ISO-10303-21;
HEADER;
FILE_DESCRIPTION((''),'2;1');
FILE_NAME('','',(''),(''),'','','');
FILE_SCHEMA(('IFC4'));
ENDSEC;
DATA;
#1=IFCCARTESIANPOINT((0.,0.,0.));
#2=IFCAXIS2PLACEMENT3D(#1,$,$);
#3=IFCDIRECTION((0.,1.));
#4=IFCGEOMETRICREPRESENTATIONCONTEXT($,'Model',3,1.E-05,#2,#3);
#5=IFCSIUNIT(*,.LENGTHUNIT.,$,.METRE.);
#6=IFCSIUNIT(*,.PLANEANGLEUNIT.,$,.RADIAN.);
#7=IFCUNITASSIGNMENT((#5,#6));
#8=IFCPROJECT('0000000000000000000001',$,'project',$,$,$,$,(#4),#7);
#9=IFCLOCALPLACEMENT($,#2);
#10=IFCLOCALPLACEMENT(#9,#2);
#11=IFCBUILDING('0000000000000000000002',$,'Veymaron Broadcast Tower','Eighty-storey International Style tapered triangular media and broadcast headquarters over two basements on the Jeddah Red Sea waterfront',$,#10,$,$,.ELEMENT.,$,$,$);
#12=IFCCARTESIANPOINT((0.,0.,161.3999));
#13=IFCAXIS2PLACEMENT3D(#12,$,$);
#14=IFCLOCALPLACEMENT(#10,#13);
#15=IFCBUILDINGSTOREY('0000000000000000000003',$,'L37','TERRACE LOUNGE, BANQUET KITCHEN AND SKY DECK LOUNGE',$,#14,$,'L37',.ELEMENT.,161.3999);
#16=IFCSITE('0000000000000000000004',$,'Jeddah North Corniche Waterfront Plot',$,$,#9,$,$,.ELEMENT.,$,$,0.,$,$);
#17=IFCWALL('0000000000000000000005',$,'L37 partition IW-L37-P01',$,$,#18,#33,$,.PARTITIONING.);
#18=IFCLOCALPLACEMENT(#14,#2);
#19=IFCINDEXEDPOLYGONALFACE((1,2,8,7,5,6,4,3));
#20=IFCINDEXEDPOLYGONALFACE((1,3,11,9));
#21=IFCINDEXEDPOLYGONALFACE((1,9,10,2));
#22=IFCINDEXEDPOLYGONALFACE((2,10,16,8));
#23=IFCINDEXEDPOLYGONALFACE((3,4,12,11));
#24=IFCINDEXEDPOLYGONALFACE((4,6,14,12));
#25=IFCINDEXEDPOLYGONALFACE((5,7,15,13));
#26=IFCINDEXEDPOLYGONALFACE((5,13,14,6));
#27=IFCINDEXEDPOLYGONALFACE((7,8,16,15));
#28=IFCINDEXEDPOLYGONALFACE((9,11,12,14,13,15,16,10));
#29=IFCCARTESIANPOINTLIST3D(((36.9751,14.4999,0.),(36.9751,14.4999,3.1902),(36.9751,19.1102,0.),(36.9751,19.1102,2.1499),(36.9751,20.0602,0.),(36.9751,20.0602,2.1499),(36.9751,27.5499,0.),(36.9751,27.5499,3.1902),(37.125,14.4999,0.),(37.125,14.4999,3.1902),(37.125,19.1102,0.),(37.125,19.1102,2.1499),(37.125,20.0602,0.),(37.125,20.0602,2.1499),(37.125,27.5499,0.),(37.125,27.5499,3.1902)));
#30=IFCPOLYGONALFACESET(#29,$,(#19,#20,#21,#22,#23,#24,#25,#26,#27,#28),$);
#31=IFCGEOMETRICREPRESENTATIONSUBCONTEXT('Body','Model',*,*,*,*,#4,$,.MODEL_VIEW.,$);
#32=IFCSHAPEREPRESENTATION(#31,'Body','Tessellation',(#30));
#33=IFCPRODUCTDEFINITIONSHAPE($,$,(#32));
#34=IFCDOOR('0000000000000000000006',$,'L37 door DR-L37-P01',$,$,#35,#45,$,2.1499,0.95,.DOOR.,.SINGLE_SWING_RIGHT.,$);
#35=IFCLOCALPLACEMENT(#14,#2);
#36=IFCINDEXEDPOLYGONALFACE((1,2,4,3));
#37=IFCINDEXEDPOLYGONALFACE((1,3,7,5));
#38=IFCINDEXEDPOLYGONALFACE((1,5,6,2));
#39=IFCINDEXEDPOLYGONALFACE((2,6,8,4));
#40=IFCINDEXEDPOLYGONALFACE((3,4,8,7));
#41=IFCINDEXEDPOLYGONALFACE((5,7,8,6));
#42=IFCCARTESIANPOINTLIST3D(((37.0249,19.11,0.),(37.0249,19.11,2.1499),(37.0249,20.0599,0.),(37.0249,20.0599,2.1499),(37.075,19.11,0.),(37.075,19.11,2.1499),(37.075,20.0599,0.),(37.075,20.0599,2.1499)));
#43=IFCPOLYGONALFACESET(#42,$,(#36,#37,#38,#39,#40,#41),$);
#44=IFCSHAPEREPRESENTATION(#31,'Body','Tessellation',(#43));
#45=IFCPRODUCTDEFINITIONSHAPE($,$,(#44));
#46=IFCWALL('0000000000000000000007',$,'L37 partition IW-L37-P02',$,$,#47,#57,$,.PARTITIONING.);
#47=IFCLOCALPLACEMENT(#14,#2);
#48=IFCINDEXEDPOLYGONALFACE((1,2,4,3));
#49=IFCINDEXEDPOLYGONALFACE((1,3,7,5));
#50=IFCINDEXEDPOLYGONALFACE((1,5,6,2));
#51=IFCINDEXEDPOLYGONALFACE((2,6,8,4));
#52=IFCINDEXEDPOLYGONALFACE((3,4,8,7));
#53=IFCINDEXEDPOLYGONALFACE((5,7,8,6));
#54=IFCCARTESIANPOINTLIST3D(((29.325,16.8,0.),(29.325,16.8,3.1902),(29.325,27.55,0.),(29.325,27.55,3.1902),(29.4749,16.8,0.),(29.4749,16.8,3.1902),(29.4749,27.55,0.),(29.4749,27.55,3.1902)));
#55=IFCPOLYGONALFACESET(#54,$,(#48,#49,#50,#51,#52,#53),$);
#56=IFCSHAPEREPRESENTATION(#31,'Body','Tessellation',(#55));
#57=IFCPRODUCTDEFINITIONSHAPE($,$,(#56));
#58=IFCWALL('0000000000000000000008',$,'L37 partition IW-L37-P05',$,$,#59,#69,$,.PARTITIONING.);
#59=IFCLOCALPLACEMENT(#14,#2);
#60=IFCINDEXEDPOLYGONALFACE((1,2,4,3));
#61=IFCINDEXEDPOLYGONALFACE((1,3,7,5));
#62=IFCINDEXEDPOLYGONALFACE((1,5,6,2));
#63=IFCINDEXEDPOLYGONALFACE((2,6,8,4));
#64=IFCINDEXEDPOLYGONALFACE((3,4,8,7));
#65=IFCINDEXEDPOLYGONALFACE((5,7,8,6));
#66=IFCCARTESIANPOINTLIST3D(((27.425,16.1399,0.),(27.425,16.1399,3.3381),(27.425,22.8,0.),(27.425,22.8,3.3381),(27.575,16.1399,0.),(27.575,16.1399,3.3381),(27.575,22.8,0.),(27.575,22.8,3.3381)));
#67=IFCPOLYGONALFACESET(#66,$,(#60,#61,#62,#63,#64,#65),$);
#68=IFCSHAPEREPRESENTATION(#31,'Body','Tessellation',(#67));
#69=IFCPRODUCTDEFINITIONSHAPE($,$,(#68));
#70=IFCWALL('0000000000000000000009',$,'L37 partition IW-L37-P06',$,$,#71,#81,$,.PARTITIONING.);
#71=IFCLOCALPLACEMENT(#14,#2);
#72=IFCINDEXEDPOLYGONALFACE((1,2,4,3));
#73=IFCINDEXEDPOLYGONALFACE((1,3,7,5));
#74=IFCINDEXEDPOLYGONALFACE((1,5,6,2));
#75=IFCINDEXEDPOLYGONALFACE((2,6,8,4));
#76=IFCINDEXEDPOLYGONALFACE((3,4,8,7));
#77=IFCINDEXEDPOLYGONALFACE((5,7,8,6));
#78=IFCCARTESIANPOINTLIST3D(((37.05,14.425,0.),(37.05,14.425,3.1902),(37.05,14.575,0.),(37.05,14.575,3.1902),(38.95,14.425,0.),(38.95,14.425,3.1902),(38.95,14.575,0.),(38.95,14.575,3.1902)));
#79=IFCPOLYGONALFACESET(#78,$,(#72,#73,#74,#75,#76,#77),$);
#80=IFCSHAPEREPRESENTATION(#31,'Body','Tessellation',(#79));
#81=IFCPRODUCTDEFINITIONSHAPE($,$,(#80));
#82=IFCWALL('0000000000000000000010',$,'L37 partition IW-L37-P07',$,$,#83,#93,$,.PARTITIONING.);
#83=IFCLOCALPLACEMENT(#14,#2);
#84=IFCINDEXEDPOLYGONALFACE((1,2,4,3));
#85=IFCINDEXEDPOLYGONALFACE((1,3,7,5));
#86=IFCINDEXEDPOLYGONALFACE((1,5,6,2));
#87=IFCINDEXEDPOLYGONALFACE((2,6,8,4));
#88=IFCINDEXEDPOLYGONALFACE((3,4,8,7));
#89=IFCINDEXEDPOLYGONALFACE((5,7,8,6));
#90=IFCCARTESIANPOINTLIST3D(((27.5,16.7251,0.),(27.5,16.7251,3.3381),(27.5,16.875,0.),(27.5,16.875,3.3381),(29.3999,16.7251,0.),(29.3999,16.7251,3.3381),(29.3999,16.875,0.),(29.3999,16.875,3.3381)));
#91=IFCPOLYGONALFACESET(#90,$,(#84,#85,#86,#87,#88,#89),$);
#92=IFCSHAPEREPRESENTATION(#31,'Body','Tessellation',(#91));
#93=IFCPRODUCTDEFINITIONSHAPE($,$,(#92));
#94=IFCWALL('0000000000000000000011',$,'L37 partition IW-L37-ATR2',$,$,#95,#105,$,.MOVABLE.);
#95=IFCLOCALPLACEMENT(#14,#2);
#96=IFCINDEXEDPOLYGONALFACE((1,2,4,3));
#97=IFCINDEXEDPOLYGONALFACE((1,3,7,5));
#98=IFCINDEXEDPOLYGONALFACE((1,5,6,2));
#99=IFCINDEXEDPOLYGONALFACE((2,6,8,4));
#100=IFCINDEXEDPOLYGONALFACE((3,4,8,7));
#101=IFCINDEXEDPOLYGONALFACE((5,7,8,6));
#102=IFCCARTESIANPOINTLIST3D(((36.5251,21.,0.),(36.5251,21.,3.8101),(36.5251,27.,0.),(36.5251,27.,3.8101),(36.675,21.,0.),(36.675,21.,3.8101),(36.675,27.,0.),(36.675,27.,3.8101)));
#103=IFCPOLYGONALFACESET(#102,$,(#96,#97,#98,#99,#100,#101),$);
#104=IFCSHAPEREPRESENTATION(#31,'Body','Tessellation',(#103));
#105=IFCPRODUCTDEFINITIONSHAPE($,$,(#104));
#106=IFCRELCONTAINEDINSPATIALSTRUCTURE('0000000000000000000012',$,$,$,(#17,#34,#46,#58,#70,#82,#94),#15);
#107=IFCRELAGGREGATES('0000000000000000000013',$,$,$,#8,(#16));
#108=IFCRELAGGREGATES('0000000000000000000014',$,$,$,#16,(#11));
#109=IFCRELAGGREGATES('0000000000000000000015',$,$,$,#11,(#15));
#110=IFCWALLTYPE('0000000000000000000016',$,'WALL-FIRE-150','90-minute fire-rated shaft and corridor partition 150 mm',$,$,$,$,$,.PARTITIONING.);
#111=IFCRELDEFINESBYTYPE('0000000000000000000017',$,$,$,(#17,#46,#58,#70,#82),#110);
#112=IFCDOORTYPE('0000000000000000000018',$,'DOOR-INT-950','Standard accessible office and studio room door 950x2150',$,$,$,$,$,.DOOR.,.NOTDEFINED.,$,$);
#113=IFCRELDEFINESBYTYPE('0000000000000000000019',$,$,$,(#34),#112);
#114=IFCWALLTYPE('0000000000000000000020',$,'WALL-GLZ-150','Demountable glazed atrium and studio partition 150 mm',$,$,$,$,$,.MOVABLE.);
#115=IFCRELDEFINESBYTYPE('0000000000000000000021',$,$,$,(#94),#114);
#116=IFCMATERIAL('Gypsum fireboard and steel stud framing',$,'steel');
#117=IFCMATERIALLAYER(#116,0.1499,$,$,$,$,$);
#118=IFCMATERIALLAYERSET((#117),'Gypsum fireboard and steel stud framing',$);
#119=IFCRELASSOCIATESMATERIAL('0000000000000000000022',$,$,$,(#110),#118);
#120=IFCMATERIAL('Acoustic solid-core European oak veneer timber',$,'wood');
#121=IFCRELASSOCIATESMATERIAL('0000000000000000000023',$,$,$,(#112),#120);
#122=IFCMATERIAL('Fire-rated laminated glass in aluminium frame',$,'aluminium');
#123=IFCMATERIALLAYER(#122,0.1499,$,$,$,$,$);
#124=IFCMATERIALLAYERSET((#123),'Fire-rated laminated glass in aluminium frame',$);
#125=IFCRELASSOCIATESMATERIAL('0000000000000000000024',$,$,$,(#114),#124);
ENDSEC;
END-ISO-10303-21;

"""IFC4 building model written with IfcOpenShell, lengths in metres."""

from ifc_helpers import new_model, si_unit, direction, frame, frame_2d, origin, place, context, subcontext, project, spatial, rectangle, extrude, material, layer, layer_set, type_object, element, fill, save


model = new_model("IFC4")

# Units and contexts
model_context = context("Model", 3, precision=1e-05, world=origin(), true_north=direction((0.0, 1.0)))
body_context = subcontext(model_context, "Body", "Model", "MODEL_VIEW")
ifc_project = project(units=[si_unit("LENGTHUNIT", "METRE"), si_unit("PLANEANGLEUNIT", "RADIAN")], contexts=[model_context])

# Site, building, storey
site_placement = place(None, origin())
site = spatial("IfcSite", under=ifc_project, at=site_placement, Name="Jeddah North Corniche Waterfront Plot", CompositionType="ELEMENT", RefElevation=0.0)
building_placement = place(site_placement, origin())
building = spatial("IfcBuilding", under=site, at=building_placement, Name="Veymaron Broadcast Tower", Description="Eighty-storey International Style tapered triangular media and broadcast headquarters over two basements on the Jeddah Red Sea waterfront", CompositionType="ELEMENT")
storey_placement = place(building_placement, frame((0.0, 0.0, 161.3999)))
storey = spatial("IfcBuildingStorey", under=building, at=storey_placement, Name="L37", Description="TERRACE LOUNGE, BANQUET KITCHEN AND SKY DECK LOUNGE", LongName="L37", CompositionType="ELEMENT", Elevation=161.3999)

# Wall, opening, door
ifc_material_1 = material(Name="Gypsum fireboard and steel stud framing", Category="steel")
ifc_layer_1 = layer(ifc_material_1, 0.1499)
ifc_layer_set_1 = layer_set([ifc_layer_1], Name="Gypsum fireboard and steel stud framing")
wall_type_1 = type_object("IfcWallType", Name="WALL-FIRE-150", Description="90-minute fire-rated shaft and corridor partition 150 mm", PredefinedType="PARTITIONING", material=ifc_layer_set_1)
wall_1_placement = place(storey_placement, frame((37.05, 14.5, 0.0), z_axis=(0.0, 0.0, 1.0), x_axis=(0.0, 1.0, 0.0)))
wall_1 = element("IfcWall", 1, at=wall_1_placement, inside=storey, type_object=wall_type_1, Name="L37 partition IW-L37-P01", PredefinedType="PARTITIONING", context=body_context, shape_type="SweptSolid", body=[
    extrude(rectangle(XDim=13.05, YDim=0.1499, at=frame_2d((6.5249, 0.0))), origin(), (0.0, 0.0, 1.0), 3.1902),
])
opening_placement = place(wall_1_placement, frame((4.6101, 0.0, 0.0)))
opening = element("IfcOpeningElement", 2, at=opening_placement, cuts=wall_1, PredefinedType="OPENING", context=body_context, shape_type="SweptSolid", body=[
    extrude(rectangle(XDim=0.95, YDim=2.1499, at=frame_2d((0.4751, 1.075))), frame((0.0, 0.085, 0.0), z_axis=(0.0, -1.0, 0.0), x_axis=(1.0, 0.0, 0.0)), (0.0, 0.0, 1.0), 0.1699),
])
ifc_material_2 = material(Name="Acoustic solid-core European oak veneer timber", Category="wood")
door_type = type_object("IfcDoorType", Name="DOOR-INT-950", Description="Standard accessible office and studio room door 950x2150", OperationType="NOTDEFINED", PredefinedType="DOOR", material=ifc_material_2)
door_placement = place(opening_placement, frame((0.95, 0.0, 0.0), z_axis=(0.0, 0.0, 1.0), x_axis=(-1.0, 0.0, 0.0)))
door = element("IfcDoor", 3, at=door_placement, inside=storey, type_object=door_type, Name="L37 door DR-L37-P01", OperationType="SINGLE_SWING_RIGHT", OverallHeight=2.1499, OverallWidth=0.95, PredefinedType="DOOR", context=body_context, shape_type="SweptSolid", body=[
    extrude(rectangle(XDim=0.95, YDim=2.1499, at=frame_2d((0.4751, 1.075))), frame((0.0, 0.0249, 0.0), z_axis=(0.0, -1.0, 0.0), x_axis=(1.0, 0.0, 0.0)), (0.0, 0.0, 1.0), 0.05),
])
fill(opening, door)

# Walls
wall_2_placement = place(storey_placement, frame((29.3999, 16.8, 0.0), z_axis=(0.0, 0.0, 1.0), x_axis=(0.0, 1.0, 0.0)))
element("IfcWall", 4, at=wall_2_placement, inside=storey, type_object=wall_type_1, Name="L37 partition IW-L37-P02", PredefinedType="PARTITIONING", context=body_context, shape_type="SweptSolid", body=[
    extrude(rectangle(XDim=10.75, YDim=0.1499, at=frame_2d((5.375, 0.0))), origin(), (0.0, 0.0, 1.0), 3.1902),
])
wall_3_placement = place(storey_placement, frame((27.5, 16.1399, 0.0), z_axis=(0.0, 0.0, 1.0), x_axis=(0.0, 1.0, 0.0)))
element("IfcWall", 5, at=wall_3_placement, inside=storey, type_object=wall_type_1, Name="L37 partition IW-L37-P05", PredefinedType="PARTITIONING", context=body_context, shape_type="SweptSolid", body=[
    extrude(rectangle(XDim=6.6602, YDim=0.1499, at=frame_2d((3.3301, 0.0))), origin(), (0.0, 0.0, 1.0), 3.3381),
])
wall_4_placement = place(storey_placement, frame((37.05, 14.5, 0.0), z_axis=(0.0, 0.0, 1.0), x_axis=(1.0, 0.0, 0.0)))
element("IfcWall", 6, at=wall_4_placement, inside=storey, type_object=wall_type_1, Name="L37 partition IW-L37-P06", PredefinedType="PARTITIONING", context=body_context, shape_type="SweptSolid", body=[
    extrude(rectangle(XDim=1.8999, YDim=0.1499, at=frame_2d((0.95, 0.0))), origin(), (0.0, 0.0, 1.0), 3.1902),
])
wall_5_placement = place(storey_placement, frame((27.5, 16.8, 0.0), z_axis=(0.0, 0.0, 1.0), x_axis=(1.0, 0.0, 0.0)))
element("IfcWall", 7, at=wall_5_placement, inside=storey, type_object=wall_type_1, Name="L37 partition IW-L37-P07", PredefinedType="PARTITIONING", context=body_context, shape_type="SweptSolid", body=[
    extrude(rectangle(XDim=1.8999, YDim=0.1499, at=frame_2d((0.95, 0.0))), origin(), (0.0, 0.0, 1.0), 3.3381),
])
ifc_material_3 = material(Name="Fire-rated laminated glass in aluminium frame", Category="aluminium")
ifc_layer_2 = layer(ifc_material_3, 0.1499)
ifc_layer_set_2 = layer_set([ifc_layer_2], Name="Fire-rated laminated glass in aluminium frame")
wall_type_2 = type_object("IfcWallType", Name="WALL-GLZ-150", Description="Demountable glazed atrium and studio partition 150 mm", PredefinedType="MOVABLE", material=ifc_layer_set_2)
wall_6_placement = place(storey_placement, frame((36.6001, 21.0, 0.0), z_axis=(0.0, 0.0, 1.0), x_axis=(0.0, 1.0, 0.0)))
element("IfcWall", 8, at=wall_6_placement, inside=storey, type_object=wall_type_2, Name="L37 partition IW-L37-ATR2", PredefinedType="MOVABLE", context=body_context, shape_type="SweptSolid", body=[
    extrude(rectangle(XDim=6.0, YDim=0.1499, at=frame_2d((3.0, 0.0))), origin(), (0.0, 0.0, 1.0), 3.8101),
])

save(model, "model.ifc")
